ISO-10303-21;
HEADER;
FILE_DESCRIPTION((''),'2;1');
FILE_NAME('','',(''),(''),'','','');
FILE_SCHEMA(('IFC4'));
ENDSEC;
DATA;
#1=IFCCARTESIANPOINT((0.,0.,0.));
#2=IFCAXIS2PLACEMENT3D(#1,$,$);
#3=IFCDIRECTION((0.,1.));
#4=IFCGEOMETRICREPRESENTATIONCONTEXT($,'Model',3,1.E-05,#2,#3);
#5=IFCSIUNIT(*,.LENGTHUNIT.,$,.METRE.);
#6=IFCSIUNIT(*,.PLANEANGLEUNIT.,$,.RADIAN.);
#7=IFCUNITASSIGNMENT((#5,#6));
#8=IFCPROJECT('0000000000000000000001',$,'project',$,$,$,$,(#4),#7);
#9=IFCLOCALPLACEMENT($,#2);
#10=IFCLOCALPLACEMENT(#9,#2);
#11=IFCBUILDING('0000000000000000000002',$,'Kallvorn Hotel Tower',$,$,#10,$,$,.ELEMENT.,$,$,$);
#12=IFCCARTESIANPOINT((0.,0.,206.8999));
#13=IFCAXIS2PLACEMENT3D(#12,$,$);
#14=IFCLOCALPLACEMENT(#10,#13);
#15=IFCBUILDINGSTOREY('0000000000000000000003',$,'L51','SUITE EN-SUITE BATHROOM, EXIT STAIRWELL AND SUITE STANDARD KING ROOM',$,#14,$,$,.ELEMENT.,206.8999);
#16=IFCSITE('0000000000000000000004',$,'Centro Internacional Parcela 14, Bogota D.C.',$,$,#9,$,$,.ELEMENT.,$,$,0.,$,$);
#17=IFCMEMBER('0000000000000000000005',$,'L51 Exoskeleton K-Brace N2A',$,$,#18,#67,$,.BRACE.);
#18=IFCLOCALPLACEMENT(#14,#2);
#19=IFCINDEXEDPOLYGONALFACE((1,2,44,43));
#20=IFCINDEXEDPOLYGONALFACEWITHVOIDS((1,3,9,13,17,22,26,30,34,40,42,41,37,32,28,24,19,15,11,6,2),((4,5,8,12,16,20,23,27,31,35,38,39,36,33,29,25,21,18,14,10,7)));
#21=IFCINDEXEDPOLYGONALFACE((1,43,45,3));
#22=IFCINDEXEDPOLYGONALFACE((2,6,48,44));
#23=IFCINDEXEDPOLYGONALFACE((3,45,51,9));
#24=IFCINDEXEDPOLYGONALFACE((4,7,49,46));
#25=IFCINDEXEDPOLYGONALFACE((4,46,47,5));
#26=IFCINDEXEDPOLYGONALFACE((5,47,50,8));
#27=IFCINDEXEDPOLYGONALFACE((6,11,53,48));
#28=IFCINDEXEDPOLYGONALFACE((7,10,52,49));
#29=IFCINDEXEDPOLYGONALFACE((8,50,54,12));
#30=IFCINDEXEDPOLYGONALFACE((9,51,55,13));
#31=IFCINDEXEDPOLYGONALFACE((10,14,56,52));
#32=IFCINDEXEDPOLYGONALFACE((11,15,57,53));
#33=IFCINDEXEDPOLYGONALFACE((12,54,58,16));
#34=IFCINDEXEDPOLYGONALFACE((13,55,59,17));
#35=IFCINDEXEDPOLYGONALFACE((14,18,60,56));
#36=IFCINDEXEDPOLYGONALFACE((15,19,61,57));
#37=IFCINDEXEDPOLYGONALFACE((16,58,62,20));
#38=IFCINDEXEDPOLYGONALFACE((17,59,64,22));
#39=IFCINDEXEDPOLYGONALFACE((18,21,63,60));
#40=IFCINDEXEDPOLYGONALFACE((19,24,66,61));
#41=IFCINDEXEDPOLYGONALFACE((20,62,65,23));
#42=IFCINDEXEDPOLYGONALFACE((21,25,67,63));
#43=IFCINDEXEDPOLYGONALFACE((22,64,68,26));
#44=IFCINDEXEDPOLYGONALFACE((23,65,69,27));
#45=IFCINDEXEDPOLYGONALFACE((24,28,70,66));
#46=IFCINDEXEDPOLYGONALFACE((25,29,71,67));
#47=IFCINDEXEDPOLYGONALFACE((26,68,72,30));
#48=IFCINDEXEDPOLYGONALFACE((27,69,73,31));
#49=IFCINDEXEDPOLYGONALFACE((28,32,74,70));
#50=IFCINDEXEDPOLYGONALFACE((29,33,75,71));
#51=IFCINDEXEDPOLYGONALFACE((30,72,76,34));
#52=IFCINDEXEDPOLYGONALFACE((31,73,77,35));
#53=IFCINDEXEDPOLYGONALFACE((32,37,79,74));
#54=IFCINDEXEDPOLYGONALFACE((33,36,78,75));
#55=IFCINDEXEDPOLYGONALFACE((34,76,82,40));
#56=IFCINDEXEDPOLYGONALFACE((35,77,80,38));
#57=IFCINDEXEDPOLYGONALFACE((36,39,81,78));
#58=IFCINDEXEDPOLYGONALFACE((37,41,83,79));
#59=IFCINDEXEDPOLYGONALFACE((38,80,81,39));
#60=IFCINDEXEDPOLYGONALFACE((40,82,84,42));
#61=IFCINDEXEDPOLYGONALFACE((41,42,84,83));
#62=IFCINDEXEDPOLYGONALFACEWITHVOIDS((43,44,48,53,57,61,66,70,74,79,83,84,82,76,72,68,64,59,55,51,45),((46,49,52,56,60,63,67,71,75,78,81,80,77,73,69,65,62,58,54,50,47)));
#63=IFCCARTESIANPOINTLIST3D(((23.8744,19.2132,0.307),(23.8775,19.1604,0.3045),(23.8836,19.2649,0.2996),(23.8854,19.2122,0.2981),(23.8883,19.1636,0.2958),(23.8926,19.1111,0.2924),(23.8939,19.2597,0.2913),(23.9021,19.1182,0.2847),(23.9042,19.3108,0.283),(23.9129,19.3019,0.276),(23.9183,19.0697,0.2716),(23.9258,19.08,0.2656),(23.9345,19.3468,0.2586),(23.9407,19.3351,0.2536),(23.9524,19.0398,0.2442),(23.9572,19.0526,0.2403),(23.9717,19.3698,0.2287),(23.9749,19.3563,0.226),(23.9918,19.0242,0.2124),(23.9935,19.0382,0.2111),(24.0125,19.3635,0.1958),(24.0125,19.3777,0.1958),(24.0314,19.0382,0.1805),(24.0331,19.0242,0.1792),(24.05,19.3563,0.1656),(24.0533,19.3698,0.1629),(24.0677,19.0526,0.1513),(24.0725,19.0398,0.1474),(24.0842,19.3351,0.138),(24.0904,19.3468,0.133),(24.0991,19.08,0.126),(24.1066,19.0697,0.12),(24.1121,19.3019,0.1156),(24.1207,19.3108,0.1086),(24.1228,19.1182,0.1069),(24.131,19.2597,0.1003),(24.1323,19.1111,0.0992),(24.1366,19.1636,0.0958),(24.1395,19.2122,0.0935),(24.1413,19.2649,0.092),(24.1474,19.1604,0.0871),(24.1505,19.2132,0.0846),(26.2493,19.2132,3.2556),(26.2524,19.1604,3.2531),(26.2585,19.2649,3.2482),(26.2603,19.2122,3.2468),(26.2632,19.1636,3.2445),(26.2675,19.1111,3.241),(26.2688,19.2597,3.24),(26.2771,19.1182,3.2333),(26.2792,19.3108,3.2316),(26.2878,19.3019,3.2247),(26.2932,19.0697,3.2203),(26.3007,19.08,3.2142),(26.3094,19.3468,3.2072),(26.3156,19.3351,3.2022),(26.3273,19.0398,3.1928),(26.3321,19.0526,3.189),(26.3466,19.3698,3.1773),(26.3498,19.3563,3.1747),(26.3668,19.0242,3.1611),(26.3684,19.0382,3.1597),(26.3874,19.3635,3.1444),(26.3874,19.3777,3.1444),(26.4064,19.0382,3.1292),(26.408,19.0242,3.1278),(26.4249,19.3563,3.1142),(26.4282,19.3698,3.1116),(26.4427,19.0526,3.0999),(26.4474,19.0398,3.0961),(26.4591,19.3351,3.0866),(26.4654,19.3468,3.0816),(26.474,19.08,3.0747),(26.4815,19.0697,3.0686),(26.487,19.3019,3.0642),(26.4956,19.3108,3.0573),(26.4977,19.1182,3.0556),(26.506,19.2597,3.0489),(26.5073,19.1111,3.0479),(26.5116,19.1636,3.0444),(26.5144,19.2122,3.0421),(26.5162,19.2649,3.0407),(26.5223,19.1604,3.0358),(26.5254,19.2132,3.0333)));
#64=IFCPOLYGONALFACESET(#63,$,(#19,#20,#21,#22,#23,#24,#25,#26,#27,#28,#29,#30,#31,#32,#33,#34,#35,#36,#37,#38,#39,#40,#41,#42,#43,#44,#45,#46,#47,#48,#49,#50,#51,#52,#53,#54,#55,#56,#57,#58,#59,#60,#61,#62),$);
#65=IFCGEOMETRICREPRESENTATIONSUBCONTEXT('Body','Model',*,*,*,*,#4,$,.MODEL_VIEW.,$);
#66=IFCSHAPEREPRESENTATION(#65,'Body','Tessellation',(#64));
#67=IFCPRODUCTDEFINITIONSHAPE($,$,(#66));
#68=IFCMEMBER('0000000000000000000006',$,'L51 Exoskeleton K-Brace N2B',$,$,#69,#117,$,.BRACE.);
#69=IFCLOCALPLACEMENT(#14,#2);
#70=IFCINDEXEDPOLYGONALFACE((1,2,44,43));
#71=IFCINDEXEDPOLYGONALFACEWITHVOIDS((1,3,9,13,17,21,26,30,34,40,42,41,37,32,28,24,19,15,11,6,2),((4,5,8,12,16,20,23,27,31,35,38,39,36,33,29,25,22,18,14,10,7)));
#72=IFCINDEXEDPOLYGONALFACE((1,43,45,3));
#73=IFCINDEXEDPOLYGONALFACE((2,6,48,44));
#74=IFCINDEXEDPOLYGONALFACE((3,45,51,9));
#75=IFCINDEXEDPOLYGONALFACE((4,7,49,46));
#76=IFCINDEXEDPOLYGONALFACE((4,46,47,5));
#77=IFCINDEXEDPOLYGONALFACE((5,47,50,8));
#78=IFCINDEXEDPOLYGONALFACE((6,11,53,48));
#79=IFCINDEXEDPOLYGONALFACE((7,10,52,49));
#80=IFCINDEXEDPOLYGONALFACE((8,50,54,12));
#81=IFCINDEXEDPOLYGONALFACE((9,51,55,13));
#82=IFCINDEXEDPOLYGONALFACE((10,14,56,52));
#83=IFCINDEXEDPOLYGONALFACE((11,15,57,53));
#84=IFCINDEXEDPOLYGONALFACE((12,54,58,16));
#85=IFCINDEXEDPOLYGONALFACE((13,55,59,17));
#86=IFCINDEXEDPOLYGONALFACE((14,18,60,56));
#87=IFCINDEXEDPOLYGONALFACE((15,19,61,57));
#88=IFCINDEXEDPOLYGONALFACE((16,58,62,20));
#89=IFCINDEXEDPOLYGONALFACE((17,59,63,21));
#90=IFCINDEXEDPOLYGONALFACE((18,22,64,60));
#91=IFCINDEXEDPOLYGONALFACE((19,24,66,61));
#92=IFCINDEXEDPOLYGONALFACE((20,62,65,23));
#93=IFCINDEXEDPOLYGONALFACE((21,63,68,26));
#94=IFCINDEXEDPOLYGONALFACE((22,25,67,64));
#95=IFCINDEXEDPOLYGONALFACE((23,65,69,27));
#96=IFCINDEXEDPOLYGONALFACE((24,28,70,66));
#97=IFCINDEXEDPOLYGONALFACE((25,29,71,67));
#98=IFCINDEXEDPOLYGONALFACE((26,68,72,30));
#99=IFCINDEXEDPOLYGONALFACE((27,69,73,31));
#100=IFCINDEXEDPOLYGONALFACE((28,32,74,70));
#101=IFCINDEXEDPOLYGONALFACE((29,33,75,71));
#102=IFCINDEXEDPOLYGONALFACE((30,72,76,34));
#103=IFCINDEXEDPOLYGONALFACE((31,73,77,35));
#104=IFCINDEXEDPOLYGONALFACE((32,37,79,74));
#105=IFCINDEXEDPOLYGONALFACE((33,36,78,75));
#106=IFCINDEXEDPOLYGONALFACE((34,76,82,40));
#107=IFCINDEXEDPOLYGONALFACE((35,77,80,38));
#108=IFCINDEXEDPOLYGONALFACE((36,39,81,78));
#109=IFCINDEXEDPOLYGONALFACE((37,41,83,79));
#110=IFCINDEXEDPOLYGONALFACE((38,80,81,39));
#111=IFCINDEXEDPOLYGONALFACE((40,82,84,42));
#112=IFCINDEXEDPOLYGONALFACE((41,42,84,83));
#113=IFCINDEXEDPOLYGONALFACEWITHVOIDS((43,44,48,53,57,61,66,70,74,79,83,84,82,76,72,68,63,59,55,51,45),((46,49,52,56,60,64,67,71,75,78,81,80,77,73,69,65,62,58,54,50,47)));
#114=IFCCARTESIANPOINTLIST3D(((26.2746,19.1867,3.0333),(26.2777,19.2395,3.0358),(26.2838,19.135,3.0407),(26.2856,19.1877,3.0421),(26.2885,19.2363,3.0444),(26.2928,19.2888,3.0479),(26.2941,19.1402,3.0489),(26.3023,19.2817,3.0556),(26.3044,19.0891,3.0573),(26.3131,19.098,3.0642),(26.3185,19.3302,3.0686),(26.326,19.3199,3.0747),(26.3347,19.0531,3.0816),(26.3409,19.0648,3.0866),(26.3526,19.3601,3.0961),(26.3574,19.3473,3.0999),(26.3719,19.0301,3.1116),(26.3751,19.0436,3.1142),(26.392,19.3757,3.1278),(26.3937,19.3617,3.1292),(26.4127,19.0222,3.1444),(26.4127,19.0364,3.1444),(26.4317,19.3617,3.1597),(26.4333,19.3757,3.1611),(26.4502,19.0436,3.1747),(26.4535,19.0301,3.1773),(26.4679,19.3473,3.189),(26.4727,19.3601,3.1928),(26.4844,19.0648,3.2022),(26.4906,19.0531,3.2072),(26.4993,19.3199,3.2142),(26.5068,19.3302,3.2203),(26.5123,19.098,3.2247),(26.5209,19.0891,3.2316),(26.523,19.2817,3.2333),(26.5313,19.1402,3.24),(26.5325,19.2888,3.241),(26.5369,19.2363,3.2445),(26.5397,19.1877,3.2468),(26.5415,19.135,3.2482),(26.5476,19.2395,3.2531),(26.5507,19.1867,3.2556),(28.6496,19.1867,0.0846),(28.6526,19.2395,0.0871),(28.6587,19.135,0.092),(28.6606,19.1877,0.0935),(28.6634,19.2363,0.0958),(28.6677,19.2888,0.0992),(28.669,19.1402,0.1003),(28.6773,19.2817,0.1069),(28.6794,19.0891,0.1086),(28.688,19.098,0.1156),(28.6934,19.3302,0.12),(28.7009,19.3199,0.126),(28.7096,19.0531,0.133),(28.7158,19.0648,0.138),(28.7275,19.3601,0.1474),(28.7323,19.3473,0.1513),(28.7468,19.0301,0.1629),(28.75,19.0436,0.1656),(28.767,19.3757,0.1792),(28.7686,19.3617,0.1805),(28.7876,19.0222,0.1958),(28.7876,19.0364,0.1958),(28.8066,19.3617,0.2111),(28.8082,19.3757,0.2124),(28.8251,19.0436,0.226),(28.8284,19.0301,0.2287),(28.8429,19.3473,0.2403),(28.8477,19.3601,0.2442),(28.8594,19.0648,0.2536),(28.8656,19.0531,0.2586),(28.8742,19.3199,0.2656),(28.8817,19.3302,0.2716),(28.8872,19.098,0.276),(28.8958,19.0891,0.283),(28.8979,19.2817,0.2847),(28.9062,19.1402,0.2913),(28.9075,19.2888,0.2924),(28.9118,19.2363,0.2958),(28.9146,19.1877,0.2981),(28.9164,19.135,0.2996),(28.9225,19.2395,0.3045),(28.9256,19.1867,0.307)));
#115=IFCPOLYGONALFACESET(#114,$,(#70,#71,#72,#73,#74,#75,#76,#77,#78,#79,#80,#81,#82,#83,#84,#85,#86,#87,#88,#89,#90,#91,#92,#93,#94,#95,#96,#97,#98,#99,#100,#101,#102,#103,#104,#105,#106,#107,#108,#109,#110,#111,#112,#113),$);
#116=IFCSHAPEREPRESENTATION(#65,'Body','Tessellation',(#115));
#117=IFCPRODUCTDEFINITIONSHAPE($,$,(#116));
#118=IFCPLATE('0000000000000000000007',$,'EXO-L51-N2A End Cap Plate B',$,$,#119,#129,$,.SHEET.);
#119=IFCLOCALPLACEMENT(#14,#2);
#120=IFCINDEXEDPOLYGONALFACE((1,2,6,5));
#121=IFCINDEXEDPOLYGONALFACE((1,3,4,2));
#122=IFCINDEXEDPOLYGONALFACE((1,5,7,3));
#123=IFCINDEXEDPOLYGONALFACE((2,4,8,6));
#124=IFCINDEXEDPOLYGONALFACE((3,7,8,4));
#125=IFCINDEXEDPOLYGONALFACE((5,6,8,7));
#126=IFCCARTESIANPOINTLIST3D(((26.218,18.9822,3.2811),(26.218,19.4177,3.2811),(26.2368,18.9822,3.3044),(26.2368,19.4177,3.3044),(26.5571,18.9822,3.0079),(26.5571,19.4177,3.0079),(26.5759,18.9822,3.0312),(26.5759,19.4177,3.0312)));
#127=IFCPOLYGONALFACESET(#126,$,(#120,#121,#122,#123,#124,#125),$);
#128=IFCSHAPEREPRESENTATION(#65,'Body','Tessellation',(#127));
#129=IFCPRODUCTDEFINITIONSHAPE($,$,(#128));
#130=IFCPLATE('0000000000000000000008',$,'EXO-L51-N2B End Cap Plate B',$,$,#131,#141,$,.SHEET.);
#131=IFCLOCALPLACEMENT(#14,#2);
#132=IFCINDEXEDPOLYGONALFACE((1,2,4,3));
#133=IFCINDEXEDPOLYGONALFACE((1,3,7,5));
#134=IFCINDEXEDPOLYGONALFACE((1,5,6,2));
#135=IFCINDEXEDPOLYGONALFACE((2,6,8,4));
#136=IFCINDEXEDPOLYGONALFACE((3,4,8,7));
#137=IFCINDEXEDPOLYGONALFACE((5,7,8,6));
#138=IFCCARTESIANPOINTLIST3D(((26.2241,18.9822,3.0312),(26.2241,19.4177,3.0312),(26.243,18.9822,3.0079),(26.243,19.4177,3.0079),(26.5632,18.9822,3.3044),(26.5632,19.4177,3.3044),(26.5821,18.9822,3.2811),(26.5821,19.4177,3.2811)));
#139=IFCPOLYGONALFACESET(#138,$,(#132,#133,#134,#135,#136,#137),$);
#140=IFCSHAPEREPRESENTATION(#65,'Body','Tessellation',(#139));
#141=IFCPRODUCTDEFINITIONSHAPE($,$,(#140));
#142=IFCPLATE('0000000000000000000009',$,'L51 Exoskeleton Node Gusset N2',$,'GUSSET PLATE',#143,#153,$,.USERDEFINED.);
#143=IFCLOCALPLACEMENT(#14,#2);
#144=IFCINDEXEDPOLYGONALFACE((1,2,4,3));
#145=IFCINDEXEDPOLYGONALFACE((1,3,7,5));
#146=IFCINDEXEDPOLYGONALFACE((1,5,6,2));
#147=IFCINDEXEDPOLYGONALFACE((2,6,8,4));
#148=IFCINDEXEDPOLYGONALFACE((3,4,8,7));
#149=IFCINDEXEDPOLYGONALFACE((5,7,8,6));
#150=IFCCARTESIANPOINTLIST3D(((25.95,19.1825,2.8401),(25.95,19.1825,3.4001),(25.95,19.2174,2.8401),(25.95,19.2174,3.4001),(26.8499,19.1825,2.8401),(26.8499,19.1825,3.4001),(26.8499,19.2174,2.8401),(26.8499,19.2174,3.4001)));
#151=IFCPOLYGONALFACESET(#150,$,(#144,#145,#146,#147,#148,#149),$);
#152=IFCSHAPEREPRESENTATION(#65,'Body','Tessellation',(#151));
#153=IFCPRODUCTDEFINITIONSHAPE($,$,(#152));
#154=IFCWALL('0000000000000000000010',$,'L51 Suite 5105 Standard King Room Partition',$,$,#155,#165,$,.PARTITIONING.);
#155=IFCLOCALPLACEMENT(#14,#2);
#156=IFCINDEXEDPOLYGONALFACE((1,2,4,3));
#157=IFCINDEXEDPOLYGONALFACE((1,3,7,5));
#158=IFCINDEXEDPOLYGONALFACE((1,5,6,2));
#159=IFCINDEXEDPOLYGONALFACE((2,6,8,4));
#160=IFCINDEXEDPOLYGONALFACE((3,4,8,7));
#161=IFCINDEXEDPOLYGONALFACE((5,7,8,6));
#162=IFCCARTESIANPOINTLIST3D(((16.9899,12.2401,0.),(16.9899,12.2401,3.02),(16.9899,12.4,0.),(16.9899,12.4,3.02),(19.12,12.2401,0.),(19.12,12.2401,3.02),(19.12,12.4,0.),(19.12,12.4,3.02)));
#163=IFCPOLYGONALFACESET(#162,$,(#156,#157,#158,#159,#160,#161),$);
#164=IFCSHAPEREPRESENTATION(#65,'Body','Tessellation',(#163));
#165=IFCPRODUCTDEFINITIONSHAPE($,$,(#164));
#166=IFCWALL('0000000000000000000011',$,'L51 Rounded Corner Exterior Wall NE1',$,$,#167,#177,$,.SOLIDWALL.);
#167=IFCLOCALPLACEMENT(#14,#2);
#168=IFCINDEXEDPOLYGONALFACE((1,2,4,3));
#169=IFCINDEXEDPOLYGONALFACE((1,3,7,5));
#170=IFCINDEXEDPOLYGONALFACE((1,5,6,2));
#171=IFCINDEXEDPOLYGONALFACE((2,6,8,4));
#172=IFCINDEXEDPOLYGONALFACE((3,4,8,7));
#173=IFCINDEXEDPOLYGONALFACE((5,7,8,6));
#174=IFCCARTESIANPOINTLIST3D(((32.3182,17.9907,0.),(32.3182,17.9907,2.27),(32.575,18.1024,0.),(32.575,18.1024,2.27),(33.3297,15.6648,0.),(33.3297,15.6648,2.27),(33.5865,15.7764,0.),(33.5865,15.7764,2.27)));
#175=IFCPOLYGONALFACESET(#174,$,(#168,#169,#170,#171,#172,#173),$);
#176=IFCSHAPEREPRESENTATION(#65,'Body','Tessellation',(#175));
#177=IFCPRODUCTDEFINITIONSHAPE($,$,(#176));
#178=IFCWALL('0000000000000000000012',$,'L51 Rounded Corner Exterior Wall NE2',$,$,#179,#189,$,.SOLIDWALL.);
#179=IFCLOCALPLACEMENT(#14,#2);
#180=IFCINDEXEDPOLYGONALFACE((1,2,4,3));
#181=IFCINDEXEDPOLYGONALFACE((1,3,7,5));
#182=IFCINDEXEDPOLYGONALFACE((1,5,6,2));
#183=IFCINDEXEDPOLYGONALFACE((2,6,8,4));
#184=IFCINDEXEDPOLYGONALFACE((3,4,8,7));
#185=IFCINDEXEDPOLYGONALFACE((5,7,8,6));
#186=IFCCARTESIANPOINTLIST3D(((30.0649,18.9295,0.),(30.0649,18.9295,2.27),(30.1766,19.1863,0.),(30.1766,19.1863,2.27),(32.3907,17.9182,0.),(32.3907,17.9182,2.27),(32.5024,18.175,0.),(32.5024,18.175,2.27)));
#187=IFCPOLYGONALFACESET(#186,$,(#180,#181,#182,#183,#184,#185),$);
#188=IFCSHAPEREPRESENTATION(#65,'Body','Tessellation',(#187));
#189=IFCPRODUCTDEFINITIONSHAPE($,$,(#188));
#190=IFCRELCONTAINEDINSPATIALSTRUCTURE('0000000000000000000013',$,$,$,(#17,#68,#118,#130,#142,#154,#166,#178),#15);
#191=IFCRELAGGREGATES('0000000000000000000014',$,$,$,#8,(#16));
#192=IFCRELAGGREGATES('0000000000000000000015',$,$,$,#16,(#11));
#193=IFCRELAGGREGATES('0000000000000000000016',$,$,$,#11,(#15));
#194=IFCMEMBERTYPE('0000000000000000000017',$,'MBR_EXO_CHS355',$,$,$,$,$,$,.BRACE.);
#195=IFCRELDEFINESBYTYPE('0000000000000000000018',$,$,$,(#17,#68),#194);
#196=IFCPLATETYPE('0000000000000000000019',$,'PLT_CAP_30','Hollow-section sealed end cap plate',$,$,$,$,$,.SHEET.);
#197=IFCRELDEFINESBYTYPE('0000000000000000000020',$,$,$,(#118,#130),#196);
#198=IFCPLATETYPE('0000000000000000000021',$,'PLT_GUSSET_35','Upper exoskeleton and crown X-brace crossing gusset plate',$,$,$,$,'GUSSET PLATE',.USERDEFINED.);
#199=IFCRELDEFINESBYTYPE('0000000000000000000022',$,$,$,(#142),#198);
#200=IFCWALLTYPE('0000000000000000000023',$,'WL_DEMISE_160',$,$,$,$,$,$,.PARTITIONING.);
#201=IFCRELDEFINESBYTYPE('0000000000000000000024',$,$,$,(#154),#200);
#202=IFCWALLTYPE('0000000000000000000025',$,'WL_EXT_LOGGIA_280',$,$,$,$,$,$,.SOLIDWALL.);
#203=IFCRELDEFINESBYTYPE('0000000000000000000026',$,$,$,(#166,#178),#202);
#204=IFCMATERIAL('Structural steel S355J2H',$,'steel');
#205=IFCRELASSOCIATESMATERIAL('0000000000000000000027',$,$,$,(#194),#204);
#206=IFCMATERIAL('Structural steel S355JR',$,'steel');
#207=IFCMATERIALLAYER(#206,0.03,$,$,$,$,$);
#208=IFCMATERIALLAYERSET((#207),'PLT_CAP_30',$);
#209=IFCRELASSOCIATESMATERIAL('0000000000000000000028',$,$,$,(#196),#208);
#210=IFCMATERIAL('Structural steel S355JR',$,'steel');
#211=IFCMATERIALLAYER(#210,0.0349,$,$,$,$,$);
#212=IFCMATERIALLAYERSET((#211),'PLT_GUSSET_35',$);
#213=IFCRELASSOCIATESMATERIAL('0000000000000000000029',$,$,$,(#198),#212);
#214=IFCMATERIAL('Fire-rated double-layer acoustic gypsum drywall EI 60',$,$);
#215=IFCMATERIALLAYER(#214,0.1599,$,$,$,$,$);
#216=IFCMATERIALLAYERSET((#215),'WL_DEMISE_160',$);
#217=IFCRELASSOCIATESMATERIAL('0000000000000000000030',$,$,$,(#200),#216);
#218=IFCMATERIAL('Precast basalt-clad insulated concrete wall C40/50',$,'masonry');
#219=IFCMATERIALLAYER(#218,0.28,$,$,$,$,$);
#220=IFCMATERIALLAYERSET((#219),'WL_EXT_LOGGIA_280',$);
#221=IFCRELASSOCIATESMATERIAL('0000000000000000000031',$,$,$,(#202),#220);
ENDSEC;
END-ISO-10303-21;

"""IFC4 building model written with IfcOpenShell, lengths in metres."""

from ifc_helpers import new_model, si_unit, direction, frame, frame_2d, origin, origin_2d, place, context, subcontext, project, spatial, polyline, rectangle, hollow_circle, outline, extrude, material, layer, layer_set, material_profile, profile_set, type_object, element, save


model = new_model("IFC4")

# Units and contexts
model_context = context("Model", 3, precision=1e-05, world=origin(), true_north=direction((0.0, 1.0)))
body_context = subcontext(model_context, "Body", "Model", "MODEL_VIEW")
ifc_project = project(units=[si_unit("LENGTHUNIT", "METRE"), si_unit("PLANEANGLEUNIT", "RADIAN")], contexts=[model_context])

# Site, building, storey
site_placement = place(None, origin())
site = spatial("IfcSite", under=ifc_project, at=site_placement, Name="Centro Internacional Parcela 14, Bogota D.C.", CompositionType="ELEMENT", RefElevation=0.0)
building_placement = place(site_placement, origin())
building = spatial("IfcBuilding", under=site, at=building_placement, Name="Kallvorn Hotel Tower", CompositionType="ELEMENT")
storey_placement = place(building_placement, frame((0.0, 0.0, 206.8999)))
storey = spatial("IfcBuildingStorey", under=building, at=storey_placement, Name="L51", Description="SUITE EN-SUITE BATHROOM, EXIT STAIRWELL AND SUITE STANDARD KING ROOM", CompositionType="ELEMENT", Elevation=206.8999)

# Members
ifc_material_1 = material(Name="Structural steel S355J2H", Category="steel")
ifc_material_profile_1 = material_profile(ifc_material_1, hollow_circle(Radius=0.1777, WallThickness=0.0142, at=origin_2d()), Name="CHS 355.6x14.2")
ifc_profile_set_1 = profile_set([ifc_material_profile_1], Name="Structural steel S355J2H")
member_type_1 = type_object("IfcMemberType", Name="MBR_EXO_CHS355", PredefinedType="BRACE", material=ifc_profile_set_1)
for number, where, z_axis, x_axis, name in (
    (1, (24.0125, 19.2, 0.1958), (0.627271, 0.0, 0.778801), (0.0, 1.0, 0.0), "L51 Exoskeleton K-Brace N2A"),
    (2, (28.7876, 19.2, 0.1958), (-0.627271, 0.0, 0.778801), (0.0, -1.0, 0.0), "L51 Exoskeleton K-Brace N2B"),
):
    element("IfcMember", number, at=place(storey_placement, frame(where, z_axis=z_axis, x_axis=x_axis)), inside=storey, type_object=member_type_1, Name=name, PredefinedType="BRACE", context=body_context, shape_type="SweptSolid", body=[
        extrude(hollow_circle(Radius=0.1777, WallThickness=0.0142, at=origin_2d()), origin(), (0.0, 0.0, 1.0), 3.7861),
    ])

# Plates
ifc_material_2 = material(Name="Structural steel S355JR", Category="steel")
ifc_layer_1 = layer(ifc_material_2, 0.03)
ifc_layer_set_1 = layer_set([ifc_layer_1], Name="PLT_CAP_30")
plate_type_1 = type_object("IfcPlateType", Name="PLT_CAP_30", Description="Hollow-section sealed end cap plate", PredefinedType="SHEET", material=ifc_layer_set_1)
for number, where, z_axis, x_axis, name in (
    (3, (26.5759, 18.9822, 3.0312), (0.627358, 0.0, 0.778731), (0.0, 1.0, 0.0), "EXO-L51-N2A End Cap Plate B"),
    (4, (26.2241, 19.4177, 3.0312), (-0.627358, 0.0, 0.778731), (0.0, -1.0, 0.0), "EXO-L51-N2B End Cap Plate B"),
):
    element("IfcPlate", number, at=place(storey_placement, frame(where, z_axis=z_axis, x_axis=x_axis)), inside=storey, type_object=plate_type_1, Name=name, PredefinedType="SHEET", context=body_context, shape_type="SweptSolid", body=[
        extrude(outline(polyline([(0.0, 0.0), (0.4355, 0.0), (0.4355, 0.4355), (0.0, 0.4355), (0.0, 0.0)])), origin(), (0.0, 0.0, -1.0), 0.03),
    ])
ifc_material_3 = material(Name="Structural steel S355JR", Category="steel")
ifc_layer_2 = layer(ifc_material_3, 0.0349)
ifc_layer_set_2 = layer_set([ifc_layer_2], Name="PLT_GUSSET_35")
plate_type_2 = type_object("IfcPlateType", Name="PLT_GUSSET_35", Description="Upper exoskeleton and crown X-brace crossing gusset plate", ElementType="GUSSET PLATE", PredefinedType="USERDEFINED", material=ifc_layer_set_2)
plate_placement = place(storey_placement, frame((26.3999, 19.2, 2.8401), z_axis=(0.0, 0.0, 1.0), x_axis=(1.0, 0.0, 0.0)))
element("IfcPlate", 5, at=plate_placement, inside=storey, type_object=plate_type_2, Name="L51 Exoskeleton Node Gusset N2", ObjectType="GUSSET PLATE", PredefinedType="USERDEFINED", context=body_context, shape_type="SweptSolid", body=[
    extrude(rectangle(XDim=0.8999, YDim=0.0349, at=origin_2d()), origin(), (0.0, 0.0, 1.0), 0.5601),
])

# Walls
ifc_material_4 = material(Name="Fire-rated double-layer acoustic gypsum drywall EI 60")
ifc_layer_3 = layer(ifc_material_4, 0.1599)
ifc_layer_set_3 = layer_set([ifc_layer_3], Name="WL_DEMISE_160")
wall_type_1 = type_object("IfcWallType", Name="WL_DEMISE_160", PredefinedType="PARTITIONING", material=ifc_layer_set_3)
wall_1_placement = place(storey_placement, frame((16.99, 12.3201, 0.0), z_axis=(0.0, 0.0, 1.0), x_axis=(1.0, 0.0, 0.0)))
element("IfcWall", 6, at=wall_1_placement, inside=storey, type_object=wall_type_1, Name="L51 Suite 5105 Standard King Room Partition", PredefinedType="PARTITIONING", context=body_context, shape_type="SweptSolid", body=[
    extrude(rectangle(XDim=2.1301, YDim=0.1599, at=frame_2d((1.0649, 0.0))), origin(), (0.0, 0.0, 1.0), 3.02),
])
ifc_material_5 = material(Name="Precast basalt-clad insulated concrete wall C40/50", Category="masonry")
ifc_layer_4 = layer(ifc_material_5, 0.28)
ifc_layer_set_4 = layer_set([ifc_layer_4], Name="WL_EXT_LOGGIA_280")
wall_type_2 = type_object("IfcWallType", Name="WL_EXT_LOGGIA_280", PredefinedType="SOLIDWALL", material=ifc_layer_set_4)
wall_2_placement = place(storey_placement, frame((33.458, 15.7207, 0.0), z_axis=(0.0, 0.0, 1.0), x_axis=(-0.398793, 0.917041, 0.0)))
element("IfcWall", 7, at=wall_2_placement, inside=storey, type_object=wall_type_2, Name="L51 Rounded Corner Exterior Wall NE1", PredefinedType="SOLIDWALL", context=body_context, shape_type="SweptSolid", body=[
    extrude(rectangle(XDim=2.5364, YDim=0.28, at=frame_2d((1.2681, 0.0))), origin(), (0.0, 0.0, 1.0), 2.27),
])
wall_3_placement = place(storey_placement, frame((32.4465, 18.0466, 0.0), z_axis=(0.0, 0.0, 1.0), x_axis=(-0.917061, 0.398747, 0.0)))
element("IfcWall", 8, at=wall_3_placement, inside=storey, type_object=wall_type_2, Name="L51 Rounded Corner Exterior Wall NE2", PredefinedType="SOLIDWALL", context=body_context, shape_type="SweptSolid", body=[
    extrude(rectangle(XDim=2.5361, YDim=0.28, at=frame_2d((1.2681, 0.0))), origin(), (0.0, 0.0, 1.0), 2.27),
])

save(model, "model.ifc")
